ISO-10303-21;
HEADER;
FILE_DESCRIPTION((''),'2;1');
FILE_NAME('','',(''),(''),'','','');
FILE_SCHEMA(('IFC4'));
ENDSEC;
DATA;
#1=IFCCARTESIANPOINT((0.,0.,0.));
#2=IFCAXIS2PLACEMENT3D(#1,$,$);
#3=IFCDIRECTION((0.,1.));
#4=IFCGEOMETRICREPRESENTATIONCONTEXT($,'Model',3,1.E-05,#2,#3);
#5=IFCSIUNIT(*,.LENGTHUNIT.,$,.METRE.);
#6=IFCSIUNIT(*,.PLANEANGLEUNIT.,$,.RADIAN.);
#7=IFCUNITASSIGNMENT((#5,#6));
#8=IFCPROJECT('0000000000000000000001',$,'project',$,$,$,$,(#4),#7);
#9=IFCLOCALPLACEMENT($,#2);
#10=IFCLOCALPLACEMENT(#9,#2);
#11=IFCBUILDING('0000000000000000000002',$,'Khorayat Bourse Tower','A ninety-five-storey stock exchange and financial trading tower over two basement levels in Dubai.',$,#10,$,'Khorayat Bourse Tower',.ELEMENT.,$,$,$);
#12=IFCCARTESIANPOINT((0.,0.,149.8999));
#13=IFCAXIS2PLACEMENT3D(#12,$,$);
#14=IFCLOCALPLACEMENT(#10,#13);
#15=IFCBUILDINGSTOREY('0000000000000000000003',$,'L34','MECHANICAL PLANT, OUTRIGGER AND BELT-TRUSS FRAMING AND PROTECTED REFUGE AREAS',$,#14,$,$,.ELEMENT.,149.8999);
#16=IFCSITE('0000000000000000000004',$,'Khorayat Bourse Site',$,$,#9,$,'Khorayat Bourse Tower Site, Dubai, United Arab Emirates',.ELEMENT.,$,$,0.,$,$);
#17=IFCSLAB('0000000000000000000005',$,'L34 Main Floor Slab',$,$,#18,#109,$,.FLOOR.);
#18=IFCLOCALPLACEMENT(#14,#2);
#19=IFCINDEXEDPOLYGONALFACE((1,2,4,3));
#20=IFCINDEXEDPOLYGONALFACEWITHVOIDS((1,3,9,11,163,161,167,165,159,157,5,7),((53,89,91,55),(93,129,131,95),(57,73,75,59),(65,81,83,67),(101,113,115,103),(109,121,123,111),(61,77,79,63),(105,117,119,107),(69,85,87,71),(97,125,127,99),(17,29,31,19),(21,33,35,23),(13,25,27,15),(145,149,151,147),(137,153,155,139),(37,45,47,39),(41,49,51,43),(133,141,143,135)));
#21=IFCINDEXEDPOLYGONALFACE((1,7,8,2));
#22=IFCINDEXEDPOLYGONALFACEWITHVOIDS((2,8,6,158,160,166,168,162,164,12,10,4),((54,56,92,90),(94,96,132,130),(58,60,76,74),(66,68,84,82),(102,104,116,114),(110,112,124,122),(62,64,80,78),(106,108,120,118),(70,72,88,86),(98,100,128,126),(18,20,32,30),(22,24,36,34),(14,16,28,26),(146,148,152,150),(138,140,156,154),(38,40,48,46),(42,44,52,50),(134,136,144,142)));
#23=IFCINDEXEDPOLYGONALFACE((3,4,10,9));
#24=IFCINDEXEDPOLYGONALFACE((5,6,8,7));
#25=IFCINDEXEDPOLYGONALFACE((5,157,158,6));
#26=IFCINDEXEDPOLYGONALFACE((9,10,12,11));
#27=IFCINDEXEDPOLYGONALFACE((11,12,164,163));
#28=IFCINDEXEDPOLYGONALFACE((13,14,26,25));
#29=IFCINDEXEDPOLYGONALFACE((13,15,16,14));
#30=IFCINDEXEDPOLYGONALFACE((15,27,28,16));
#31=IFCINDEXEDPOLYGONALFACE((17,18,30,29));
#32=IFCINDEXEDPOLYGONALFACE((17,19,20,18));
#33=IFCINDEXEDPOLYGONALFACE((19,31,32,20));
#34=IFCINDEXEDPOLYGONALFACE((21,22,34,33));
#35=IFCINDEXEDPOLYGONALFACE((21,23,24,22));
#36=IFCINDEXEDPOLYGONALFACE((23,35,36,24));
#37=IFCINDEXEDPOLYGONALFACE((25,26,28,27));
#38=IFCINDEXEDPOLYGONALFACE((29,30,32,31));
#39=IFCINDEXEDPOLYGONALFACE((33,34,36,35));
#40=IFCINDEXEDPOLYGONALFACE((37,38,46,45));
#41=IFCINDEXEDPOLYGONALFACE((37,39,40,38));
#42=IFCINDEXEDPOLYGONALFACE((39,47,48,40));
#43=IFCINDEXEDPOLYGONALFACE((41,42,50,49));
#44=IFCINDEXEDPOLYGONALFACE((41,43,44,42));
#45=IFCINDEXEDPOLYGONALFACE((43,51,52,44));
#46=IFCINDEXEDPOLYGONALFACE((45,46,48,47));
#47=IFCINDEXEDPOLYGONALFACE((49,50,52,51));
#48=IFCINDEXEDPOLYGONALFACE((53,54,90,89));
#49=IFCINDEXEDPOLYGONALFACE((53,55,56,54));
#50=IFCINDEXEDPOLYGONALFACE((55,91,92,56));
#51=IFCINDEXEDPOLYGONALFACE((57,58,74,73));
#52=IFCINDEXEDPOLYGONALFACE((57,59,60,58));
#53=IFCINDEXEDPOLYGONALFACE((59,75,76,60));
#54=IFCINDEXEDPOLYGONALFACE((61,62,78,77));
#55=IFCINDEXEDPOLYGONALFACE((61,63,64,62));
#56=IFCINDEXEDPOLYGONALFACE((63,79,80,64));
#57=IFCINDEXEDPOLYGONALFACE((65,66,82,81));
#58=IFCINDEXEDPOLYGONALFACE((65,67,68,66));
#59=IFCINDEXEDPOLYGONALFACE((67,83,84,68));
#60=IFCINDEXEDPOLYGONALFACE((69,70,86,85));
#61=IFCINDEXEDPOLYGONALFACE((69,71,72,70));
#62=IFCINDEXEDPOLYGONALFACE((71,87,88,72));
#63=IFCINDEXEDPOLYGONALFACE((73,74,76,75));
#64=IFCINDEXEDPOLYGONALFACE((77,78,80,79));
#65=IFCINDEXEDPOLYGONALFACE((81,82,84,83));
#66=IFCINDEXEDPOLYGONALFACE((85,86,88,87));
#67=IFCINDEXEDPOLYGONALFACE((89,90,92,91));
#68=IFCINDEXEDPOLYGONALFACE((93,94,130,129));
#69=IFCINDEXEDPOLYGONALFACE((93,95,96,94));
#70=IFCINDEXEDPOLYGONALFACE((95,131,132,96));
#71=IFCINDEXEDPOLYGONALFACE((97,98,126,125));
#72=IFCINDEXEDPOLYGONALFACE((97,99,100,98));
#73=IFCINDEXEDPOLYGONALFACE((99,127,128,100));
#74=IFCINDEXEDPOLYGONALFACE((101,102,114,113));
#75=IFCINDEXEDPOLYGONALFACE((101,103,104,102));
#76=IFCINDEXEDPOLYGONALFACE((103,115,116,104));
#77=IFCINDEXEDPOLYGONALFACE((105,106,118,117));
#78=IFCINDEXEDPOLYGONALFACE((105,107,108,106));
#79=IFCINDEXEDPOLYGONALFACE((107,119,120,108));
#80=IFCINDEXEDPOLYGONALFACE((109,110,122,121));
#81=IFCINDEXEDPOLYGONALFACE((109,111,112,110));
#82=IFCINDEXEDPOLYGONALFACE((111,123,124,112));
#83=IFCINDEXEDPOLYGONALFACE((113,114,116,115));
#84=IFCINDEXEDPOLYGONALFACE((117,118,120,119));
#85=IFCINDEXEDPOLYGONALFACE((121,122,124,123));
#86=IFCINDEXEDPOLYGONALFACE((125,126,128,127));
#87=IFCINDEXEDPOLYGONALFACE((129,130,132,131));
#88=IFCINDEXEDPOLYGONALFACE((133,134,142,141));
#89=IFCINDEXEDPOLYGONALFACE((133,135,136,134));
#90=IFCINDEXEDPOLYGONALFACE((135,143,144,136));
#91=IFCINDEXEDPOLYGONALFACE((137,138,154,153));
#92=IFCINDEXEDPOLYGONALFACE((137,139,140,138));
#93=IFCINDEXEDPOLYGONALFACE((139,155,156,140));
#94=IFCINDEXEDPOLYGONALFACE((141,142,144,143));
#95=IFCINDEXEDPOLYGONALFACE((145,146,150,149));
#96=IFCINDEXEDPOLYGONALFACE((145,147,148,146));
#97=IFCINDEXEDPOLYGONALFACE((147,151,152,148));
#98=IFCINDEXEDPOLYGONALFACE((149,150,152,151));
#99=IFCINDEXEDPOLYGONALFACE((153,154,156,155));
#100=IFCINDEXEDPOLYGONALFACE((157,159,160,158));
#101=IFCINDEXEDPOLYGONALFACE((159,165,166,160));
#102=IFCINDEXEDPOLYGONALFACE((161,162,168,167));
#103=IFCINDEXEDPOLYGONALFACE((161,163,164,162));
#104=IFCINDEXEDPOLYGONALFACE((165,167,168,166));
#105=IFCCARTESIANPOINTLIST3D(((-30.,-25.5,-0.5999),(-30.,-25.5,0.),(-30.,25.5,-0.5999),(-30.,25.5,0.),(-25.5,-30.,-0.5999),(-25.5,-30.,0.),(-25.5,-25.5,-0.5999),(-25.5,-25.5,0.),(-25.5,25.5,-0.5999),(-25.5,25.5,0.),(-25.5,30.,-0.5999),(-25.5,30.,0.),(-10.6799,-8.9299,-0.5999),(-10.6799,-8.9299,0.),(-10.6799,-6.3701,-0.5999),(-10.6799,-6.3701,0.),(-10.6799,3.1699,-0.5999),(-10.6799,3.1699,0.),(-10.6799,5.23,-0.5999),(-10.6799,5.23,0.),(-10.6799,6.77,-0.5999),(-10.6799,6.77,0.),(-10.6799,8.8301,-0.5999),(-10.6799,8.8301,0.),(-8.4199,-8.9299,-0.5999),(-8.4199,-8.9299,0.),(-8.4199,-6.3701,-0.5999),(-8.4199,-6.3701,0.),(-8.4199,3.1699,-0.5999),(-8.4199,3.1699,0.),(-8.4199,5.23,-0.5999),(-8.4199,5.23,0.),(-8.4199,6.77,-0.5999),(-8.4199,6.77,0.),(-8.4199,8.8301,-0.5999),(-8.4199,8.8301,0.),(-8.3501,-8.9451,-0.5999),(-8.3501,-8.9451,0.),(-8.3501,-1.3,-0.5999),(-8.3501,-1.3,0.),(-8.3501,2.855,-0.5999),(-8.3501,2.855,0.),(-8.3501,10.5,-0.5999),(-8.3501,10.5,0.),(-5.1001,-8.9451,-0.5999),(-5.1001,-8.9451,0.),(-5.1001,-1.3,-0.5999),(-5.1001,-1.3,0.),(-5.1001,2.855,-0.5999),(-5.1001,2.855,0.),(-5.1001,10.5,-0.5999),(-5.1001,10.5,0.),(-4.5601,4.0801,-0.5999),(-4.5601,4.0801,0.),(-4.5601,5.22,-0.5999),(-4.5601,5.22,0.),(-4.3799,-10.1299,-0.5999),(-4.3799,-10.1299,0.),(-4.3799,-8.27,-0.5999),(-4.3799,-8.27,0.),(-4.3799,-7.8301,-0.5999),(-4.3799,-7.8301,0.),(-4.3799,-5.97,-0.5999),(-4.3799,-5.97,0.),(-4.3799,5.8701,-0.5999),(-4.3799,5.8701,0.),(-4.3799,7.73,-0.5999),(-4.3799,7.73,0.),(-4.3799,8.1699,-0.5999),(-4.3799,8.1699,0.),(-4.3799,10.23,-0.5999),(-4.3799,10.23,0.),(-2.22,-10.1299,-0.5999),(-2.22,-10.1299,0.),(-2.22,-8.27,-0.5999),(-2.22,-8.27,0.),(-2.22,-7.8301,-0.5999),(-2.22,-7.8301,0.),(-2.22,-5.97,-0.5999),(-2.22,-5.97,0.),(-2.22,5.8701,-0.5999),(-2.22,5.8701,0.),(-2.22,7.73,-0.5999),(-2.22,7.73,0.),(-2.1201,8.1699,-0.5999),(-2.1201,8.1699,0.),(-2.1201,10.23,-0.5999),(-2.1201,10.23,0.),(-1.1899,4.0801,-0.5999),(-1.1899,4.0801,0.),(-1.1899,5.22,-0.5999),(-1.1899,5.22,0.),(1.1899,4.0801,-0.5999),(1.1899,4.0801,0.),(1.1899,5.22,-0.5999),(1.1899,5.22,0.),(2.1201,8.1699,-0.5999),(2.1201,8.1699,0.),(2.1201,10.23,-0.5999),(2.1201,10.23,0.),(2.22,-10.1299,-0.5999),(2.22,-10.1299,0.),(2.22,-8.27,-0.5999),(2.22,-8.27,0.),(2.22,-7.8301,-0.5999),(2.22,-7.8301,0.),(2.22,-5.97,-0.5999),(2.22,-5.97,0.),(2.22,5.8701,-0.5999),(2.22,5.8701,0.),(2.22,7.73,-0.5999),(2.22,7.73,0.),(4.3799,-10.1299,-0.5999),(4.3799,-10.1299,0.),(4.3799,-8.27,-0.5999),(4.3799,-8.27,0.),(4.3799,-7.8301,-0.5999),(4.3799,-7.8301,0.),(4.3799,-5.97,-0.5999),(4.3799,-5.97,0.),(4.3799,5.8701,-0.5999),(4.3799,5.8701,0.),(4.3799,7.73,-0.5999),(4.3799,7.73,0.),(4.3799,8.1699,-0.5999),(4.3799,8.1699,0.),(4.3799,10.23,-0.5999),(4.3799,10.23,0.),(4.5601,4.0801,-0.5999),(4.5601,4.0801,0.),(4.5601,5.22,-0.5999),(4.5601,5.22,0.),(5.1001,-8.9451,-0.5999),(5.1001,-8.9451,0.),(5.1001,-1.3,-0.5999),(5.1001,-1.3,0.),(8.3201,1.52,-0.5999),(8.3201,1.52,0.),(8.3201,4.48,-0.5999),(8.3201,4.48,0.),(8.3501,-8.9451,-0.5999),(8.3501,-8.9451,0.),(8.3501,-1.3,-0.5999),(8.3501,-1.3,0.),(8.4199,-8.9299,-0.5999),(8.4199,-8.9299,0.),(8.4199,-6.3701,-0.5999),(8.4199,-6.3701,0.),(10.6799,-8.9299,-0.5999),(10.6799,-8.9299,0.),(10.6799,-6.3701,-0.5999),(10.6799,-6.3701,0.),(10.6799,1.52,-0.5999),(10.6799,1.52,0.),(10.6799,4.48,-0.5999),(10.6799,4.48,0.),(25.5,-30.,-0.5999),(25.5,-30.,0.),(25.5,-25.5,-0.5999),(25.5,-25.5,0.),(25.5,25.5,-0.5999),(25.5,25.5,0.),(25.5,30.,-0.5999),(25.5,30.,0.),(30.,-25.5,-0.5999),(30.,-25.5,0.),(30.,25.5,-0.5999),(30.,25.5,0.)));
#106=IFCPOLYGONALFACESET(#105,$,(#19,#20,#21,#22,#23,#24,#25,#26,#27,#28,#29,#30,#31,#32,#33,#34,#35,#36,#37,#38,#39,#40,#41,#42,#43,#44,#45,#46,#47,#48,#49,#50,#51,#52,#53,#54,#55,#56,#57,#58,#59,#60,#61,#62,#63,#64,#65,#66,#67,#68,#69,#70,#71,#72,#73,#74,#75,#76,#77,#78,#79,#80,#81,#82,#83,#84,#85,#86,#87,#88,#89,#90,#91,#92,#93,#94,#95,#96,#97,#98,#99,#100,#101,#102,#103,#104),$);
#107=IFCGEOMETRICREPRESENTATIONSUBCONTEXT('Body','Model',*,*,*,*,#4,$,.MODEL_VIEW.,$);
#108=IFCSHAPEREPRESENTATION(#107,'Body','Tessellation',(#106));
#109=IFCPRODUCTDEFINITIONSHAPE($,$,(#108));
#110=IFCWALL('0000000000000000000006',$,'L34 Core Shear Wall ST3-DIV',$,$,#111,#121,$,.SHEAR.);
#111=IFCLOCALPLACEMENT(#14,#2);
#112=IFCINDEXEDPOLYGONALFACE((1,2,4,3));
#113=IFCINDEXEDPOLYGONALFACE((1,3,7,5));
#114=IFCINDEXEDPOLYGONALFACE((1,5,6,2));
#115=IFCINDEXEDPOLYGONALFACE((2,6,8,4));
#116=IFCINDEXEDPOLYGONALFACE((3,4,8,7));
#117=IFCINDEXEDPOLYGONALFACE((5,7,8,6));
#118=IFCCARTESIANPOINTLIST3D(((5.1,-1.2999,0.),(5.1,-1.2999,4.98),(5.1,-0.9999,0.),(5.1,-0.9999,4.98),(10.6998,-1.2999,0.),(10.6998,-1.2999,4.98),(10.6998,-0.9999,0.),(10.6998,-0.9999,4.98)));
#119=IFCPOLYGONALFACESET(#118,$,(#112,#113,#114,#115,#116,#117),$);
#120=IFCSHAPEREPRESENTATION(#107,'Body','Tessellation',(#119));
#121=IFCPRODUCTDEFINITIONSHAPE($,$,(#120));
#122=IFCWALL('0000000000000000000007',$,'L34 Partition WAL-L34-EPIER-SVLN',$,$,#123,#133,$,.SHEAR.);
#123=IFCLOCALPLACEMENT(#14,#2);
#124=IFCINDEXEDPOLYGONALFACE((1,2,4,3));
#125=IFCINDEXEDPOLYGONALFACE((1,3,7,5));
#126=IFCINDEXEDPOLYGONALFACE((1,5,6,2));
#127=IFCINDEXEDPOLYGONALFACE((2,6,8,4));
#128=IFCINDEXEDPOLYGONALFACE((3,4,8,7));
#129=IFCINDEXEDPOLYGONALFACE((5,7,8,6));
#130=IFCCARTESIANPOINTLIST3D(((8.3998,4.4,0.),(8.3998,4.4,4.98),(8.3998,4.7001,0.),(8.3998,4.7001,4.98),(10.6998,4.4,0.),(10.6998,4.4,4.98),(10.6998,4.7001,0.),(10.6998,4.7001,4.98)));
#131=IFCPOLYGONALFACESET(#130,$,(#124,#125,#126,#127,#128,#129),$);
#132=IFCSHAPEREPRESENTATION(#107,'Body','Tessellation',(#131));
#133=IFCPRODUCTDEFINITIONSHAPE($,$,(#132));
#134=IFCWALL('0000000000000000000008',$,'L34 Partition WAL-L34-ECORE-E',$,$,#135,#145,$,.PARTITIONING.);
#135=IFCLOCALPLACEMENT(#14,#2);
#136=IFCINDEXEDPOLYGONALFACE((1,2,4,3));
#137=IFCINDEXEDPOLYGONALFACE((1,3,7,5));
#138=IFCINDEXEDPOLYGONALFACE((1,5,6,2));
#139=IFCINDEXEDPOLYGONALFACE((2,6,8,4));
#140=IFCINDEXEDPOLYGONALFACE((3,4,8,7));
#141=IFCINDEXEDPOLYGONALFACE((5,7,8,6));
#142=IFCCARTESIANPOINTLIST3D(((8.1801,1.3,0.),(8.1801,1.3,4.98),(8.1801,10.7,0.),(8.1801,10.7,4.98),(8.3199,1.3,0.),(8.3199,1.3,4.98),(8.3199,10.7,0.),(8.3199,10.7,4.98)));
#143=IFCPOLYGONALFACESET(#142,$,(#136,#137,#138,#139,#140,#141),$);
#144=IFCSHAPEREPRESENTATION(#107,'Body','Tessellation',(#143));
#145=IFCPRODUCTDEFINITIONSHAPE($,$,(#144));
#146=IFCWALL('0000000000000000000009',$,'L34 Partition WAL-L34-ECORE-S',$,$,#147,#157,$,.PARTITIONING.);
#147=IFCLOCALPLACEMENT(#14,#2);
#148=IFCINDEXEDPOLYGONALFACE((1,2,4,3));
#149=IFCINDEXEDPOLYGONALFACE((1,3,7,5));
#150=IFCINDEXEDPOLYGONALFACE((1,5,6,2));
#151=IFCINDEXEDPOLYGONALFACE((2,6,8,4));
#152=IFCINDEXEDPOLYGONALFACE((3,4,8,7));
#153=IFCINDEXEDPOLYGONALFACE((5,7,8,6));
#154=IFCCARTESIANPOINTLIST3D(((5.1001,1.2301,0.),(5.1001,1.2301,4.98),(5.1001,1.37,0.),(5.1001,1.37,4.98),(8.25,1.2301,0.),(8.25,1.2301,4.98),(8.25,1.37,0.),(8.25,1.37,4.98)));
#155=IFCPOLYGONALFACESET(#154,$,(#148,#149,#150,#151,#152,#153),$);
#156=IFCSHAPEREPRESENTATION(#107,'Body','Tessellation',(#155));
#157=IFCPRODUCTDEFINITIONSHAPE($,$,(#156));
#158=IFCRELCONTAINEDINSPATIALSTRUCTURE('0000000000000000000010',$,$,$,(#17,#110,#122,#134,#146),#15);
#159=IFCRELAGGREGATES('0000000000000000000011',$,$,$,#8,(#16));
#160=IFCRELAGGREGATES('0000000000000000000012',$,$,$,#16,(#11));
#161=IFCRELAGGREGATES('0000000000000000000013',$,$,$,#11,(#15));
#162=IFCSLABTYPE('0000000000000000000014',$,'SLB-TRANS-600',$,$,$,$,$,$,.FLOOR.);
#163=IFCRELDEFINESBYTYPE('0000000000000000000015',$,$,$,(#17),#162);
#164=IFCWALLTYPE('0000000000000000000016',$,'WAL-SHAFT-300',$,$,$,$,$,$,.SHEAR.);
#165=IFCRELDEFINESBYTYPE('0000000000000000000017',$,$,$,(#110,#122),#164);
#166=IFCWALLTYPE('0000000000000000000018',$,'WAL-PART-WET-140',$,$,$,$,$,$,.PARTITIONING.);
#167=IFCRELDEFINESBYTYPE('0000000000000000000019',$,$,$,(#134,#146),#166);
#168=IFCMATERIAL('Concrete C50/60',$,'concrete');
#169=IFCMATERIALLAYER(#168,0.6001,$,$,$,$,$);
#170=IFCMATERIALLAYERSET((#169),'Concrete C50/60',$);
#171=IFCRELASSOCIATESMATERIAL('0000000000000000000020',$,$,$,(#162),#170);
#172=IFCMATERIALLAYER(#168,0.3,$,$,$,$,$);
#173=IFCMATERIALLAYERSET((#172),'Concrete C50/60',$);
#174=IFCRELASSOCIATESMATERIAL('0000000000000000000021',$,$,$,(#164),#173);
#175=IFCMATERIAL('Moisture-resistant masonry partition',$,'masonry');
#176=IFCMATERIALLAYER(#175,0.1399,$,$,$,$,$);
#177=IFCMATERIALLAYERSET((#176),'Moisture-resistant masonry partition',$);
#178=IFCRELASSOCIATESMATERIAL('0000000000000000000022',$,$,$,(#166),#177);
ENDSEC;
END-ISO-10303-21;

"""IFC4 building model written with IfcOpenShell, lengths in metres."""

from ifc_helpers import new_model, si_unit, direction, frame, frame_2d, origin, place, context, subcontext, project, spatial, polyline, rectangle, outline, extrude, source, transform, mapped, material, layer, layer_set, type_object, element, save


model = new_model("IFC4")

# Units and contexts
model_context = context("Model", 3, precision=1e-05, world=origin(), true_north=direction((0.0, 1.0)))
body_context = subcontext(model_context, "Body", "Model", "MODEL_VIEW")
ifc_project = project(units=[si_unit("LENGTHUNIT", "METRE"), si_unit("PLANEANGLEUNIT", "RADIAN")], contexts=[model_context])

# Site, building, storey
site_placement = place(None, origin())
site = spatial("IfcSite", under=ifc_project, at=site_placement, Name="Khorayat Bourse Site", LongName="Khorayat Bourse Tower Site, Dubai, United Arab Emirates", CompositionType="ELEMENT", RefElevation=0.0)
building_placement = place(site_placement, origin())
building = spatial("IfcBuilding", under=site, at=building_placement, Name="Khorayat Bourse Tower", Description="A ninety-five-storey stock exchange and financial trading tower over two basement levels in Dubai.", LongName="Khorayat Bourse Tower", CompositionType="ELEMENT")
storey_placement = place(building_placement, frame((0.0, 0.0, 149.8999)))
storey = spatial("IfcBuildingStorey", under=building, at=storey_placement, Name="L34", Description="MECHANICAL PLANT, OUTRIGGER AND BELT-TRUSS FRAMING AND PROTECTED REFUGE AREAS", CompositionType="ELEMENT", Elevation=149.8999)

# Slab
ifc_material_1 = material(Name="Concrete C50/60", Category="concrete")
ifc_layer_1 = layer(ifc_material_1, 0.6001)
ifc_layer_set_1 = layer_set([ifc_layer_1], Name="Concrete C50/60")
slab_type_1 = type_object("IfcSlabType", Name="SLB-TRANS-600", PredefinedType="FLOOR", material=ifc_layer_set_1)
slab_1_placement = place(storey_placement, frame((0.0, 0.0, -0.5999)))
element("IfcSlab", 1, at=slab_1_placement, inside=storey, type_object=slab_type_1, Name="L34 Main Floor Slab", PredefinedType="FLOOR", context=body_context, shape_type="SweptSolid", body=[
    extrude(outline(polyline([(-25.5, -30.0), (25.5, -30.0), (25.5, -25.5), (30.0, -25.5), (30.0, 25.5), (25.5, 25.5), (25.5, 30.0), (-25.5, 30.0), (-25.5, 25.5), (-30.0, 25.5), (-30.0, -25.5), (-25.5, -25.5), (-25.5, -30.0)]), holes=[polyline([(-8.3501, -8.9451), (-5.1001, -8.9451), (-5.1001, -1.3), (-8.3501, -1.3), (-8.3501, -8.9451)]), polyline([(-8.3501, 2.855), (-5.1001, 2.855), (-5.1001, 10.5), (-8.3501, 10.5), (-8.3501, 2.855)]), polyline([(5.1001, -8.9451), (8.3501, -8.9451), (8.3501, -1.3), (5.1001, -1.3), (5.1001, -8.9451)]), polyline([(-4.3799, -10.1299), (-2.22, -10.1299), (-2.22, -8.27), (-4.3799, -8.27), (-4.3799, -10.1299)]), polyline([(2.22, -10.1299), (4.3799, -10.1299), (4.3799, -8.27), (2.22, -8.27), (2.22, -10.1299)]), polyline([(-4.3799, -7.8301), (-2.22, -7.8301), (-2.22, -5.97), (-4.3799, -5.97), (-4.3799, -7.8301)]), polyline([(2.22, -7.8301), (4.3799, -7.8301), (4.3799, -5.97), (2.22, -5.97), (2.22, -7.8301)]), polyline([(-4.3799, 8.1699), (-2.1201, 8.1699), (-2.1201, 10.23), (-4.3799, 10.23), (-4.3799, 8.1699)]), polyline([(2.1201, 8.1699), (4.3799, 8.1699), (4.3799, 10.23), (2.1201, 10.23), (2.1201, 8.1699)]), polyline([(-4.3799, 5.8701), (-2.22, 5.8701), (-2.22, 7.73), (-4.3799, 7.73), (-4.3799, 5.8701)]), polyline([(2.22, 5.8701), (4.3799, 5.8701), (4.3799, 7.73), (2.22, 7.73), (2.22, 5.8701)]), polyline([(-10.6799, 3.1699), (-8.4199, 3.1699), (-8.4199, 5.23), (-10.6799, 5.23), (-10.6799, 3.1699)]), polyline([(-10.6799, 6.77), (-8.4199, 6.77), (-8.4199, 8.8301), (-10.6799, 8.8301), (-10.6799, 6.77)]), polyline([(-10.6799, -8.9299), (-8.4199, -8.9299), (-8.4199, -6.3701), (-10.6799, -6.3701), (-10.6799, -8.9299)]), polyline([(8.4199, -8.9299), (10.6799, -8.9299), (10.6799, -6.3701), (8.4199, -6.3701), (8.4199, -8.9299)]), polyline([(8.3201, 1.52), (10.6799, 1.52), (10.6799, 4.48), (8.3201, 4.48), (8.3201, 1.52)]), polyline([(-4.5601, 4.0801), (-1.1899, 4.0801), (-1.1899, 5.22), (-4.5601, 5.22), (-4.5601, 4.0801)]), polyline([(1.1899, 4.0801), (4.5601, 4.0801), (4.5601, 5.22), (1.1899, 5.22), (1.1899, 4.0801)])]), origin(), (0.0, 0.0, 1.0), 0.5999),
])

# Walls
ifc_layer_2 = layer(ifc_material_1, 0.3)
ifc_layer_set_2 = layer_set([ifc_layer_2], Name="Concrete C50/60")
wall_type_1 = type_object("IfcWallType", Name="WAL-SHAFT-300", PredefinedType="SHEAR", material=ifc_layer_set_2)
shared_shape_1 = source(origin(), body_context, "Body", "SweptSolid", [
    extrude(rectangle(XDim=5.5999, YDim=0.3, at=frame_2d((2.7998, 0.0))), origin(), (0.0, 0.0, 1.0), 4.98),
])
wall_1_placement = place(storey_placement, frame((5.1001, -1.1499, 0.0), z_axis=(0.0, 0.0, 1.0), x_axis=(1.0, 0.0, 0.0)))
element("IfcWall", 2, at=wall_1_placement, inside=storey, type_object=wall_type_1, Name="L34 Core Shear Wall ST3-DIV", PredefinedType="SHEAR", context=body_context, shape_type="MappedRepresentation", body=[
    mapped(shared_shape_1, transform((0.0, 0.0, 0.0), scale=1.0)),
])
shared_shape_2 = source(origin(), body_context, "Body", "SweptSolid", [
    extrude(rectangle(XDim=2.3, YDim=0.3, at=frame_2d((1.1499, 0.0))), origin(), (0.0, 0.0, 1.0), 4.98),
])
wall_2_placement = place(storey_placement, frame((8.3999, 4.55, 0.0), z_axis=(0.0, 0.0, 1.0), x_axis=(1.0, 0.0, 0.0)))
element("IfcWall", 3, at=wall_2_placement, inside=storey, type_object=wall_type_1, Name="L34 Partition WAL-L34-EPIER-SVLN", PredefinedType="SHEAR", context=body_context, shape_type="MappedRepresentation", body=[
    mapped(shared_shape_2, transform((0.0, 0.0, 0.0), scale=1.0)),
])
ifc_material_2 = material(Name="Moisture-resistant masonry partition", Category="masonry")
ifc_layer_3 = layer(ifc_material_2, 0.1399)
ifc_layer_set_3 = layer_set([ifc_layer_3], Name="Moisture-resistant masonry partition")
wall_type_2 = type_object("IfcWallType", Name="WAL-PART-WET-140", PredefinedType="PARTITIONING", material=ifc_layer_set_3)
shared_shape_3 = source(origin(), body_context, "Body", "SweptSolid", [
    extrude(rectangle(XDim=9.3999, YDim=0.1399, at=frame_2d((4.7, 0.0))), origin(), (0.0, 0.0, 1.0), 4.98),
])
wall_3_placement = place(storey_placement, frame((8.25, 1.3, 0.0), z_axis=(0.0, 0.0, 1.0), x_axis=(0.0, 1.0, 0.0)))
element("IfcWall", 4, at=wall_3_placement, inside=storey, type_object=wall_type_2, Name="L34 Partition WAL-L34-ECORE-E", PredefinedType="PARTITIONING", context=body_context, shape_type="MappedRepresentation", body=[
    mapped(shared_shape_3, transform((0.0, 0.0, 0.0), scale=1.0)),
])
shared_shape_4 = source(origin(), body_context, "Body", "SweptSolid", [
    extrude(rectangle(XDim=3.1499, YDim=0.1399, at=frame_2d((1.575, 0.0))), origin(), (0.0, 0.0, 1.0), 4.98),
])
wall_4_placement = place(storey_placement, frame((5.1001, 1.3, 0.0), z_axis=(0.0, 0.0, 1.0), x_axis=(1.0, 0.0, 0.0)))
element("IfcWall", 5, at=wall_4_placement, inside=storey, type_object=wall_type_2, Name="L34 Partition WAL-L34-ECORE-S", PredefinedType="PARTITIONING", context=body_context, shape_type="MappedRepresentation", body=[
    mapped(shared_shape_4, transform((0.0, 0.0, 0.0), scale=1.0)),
])

save(model, "model.ifc")
